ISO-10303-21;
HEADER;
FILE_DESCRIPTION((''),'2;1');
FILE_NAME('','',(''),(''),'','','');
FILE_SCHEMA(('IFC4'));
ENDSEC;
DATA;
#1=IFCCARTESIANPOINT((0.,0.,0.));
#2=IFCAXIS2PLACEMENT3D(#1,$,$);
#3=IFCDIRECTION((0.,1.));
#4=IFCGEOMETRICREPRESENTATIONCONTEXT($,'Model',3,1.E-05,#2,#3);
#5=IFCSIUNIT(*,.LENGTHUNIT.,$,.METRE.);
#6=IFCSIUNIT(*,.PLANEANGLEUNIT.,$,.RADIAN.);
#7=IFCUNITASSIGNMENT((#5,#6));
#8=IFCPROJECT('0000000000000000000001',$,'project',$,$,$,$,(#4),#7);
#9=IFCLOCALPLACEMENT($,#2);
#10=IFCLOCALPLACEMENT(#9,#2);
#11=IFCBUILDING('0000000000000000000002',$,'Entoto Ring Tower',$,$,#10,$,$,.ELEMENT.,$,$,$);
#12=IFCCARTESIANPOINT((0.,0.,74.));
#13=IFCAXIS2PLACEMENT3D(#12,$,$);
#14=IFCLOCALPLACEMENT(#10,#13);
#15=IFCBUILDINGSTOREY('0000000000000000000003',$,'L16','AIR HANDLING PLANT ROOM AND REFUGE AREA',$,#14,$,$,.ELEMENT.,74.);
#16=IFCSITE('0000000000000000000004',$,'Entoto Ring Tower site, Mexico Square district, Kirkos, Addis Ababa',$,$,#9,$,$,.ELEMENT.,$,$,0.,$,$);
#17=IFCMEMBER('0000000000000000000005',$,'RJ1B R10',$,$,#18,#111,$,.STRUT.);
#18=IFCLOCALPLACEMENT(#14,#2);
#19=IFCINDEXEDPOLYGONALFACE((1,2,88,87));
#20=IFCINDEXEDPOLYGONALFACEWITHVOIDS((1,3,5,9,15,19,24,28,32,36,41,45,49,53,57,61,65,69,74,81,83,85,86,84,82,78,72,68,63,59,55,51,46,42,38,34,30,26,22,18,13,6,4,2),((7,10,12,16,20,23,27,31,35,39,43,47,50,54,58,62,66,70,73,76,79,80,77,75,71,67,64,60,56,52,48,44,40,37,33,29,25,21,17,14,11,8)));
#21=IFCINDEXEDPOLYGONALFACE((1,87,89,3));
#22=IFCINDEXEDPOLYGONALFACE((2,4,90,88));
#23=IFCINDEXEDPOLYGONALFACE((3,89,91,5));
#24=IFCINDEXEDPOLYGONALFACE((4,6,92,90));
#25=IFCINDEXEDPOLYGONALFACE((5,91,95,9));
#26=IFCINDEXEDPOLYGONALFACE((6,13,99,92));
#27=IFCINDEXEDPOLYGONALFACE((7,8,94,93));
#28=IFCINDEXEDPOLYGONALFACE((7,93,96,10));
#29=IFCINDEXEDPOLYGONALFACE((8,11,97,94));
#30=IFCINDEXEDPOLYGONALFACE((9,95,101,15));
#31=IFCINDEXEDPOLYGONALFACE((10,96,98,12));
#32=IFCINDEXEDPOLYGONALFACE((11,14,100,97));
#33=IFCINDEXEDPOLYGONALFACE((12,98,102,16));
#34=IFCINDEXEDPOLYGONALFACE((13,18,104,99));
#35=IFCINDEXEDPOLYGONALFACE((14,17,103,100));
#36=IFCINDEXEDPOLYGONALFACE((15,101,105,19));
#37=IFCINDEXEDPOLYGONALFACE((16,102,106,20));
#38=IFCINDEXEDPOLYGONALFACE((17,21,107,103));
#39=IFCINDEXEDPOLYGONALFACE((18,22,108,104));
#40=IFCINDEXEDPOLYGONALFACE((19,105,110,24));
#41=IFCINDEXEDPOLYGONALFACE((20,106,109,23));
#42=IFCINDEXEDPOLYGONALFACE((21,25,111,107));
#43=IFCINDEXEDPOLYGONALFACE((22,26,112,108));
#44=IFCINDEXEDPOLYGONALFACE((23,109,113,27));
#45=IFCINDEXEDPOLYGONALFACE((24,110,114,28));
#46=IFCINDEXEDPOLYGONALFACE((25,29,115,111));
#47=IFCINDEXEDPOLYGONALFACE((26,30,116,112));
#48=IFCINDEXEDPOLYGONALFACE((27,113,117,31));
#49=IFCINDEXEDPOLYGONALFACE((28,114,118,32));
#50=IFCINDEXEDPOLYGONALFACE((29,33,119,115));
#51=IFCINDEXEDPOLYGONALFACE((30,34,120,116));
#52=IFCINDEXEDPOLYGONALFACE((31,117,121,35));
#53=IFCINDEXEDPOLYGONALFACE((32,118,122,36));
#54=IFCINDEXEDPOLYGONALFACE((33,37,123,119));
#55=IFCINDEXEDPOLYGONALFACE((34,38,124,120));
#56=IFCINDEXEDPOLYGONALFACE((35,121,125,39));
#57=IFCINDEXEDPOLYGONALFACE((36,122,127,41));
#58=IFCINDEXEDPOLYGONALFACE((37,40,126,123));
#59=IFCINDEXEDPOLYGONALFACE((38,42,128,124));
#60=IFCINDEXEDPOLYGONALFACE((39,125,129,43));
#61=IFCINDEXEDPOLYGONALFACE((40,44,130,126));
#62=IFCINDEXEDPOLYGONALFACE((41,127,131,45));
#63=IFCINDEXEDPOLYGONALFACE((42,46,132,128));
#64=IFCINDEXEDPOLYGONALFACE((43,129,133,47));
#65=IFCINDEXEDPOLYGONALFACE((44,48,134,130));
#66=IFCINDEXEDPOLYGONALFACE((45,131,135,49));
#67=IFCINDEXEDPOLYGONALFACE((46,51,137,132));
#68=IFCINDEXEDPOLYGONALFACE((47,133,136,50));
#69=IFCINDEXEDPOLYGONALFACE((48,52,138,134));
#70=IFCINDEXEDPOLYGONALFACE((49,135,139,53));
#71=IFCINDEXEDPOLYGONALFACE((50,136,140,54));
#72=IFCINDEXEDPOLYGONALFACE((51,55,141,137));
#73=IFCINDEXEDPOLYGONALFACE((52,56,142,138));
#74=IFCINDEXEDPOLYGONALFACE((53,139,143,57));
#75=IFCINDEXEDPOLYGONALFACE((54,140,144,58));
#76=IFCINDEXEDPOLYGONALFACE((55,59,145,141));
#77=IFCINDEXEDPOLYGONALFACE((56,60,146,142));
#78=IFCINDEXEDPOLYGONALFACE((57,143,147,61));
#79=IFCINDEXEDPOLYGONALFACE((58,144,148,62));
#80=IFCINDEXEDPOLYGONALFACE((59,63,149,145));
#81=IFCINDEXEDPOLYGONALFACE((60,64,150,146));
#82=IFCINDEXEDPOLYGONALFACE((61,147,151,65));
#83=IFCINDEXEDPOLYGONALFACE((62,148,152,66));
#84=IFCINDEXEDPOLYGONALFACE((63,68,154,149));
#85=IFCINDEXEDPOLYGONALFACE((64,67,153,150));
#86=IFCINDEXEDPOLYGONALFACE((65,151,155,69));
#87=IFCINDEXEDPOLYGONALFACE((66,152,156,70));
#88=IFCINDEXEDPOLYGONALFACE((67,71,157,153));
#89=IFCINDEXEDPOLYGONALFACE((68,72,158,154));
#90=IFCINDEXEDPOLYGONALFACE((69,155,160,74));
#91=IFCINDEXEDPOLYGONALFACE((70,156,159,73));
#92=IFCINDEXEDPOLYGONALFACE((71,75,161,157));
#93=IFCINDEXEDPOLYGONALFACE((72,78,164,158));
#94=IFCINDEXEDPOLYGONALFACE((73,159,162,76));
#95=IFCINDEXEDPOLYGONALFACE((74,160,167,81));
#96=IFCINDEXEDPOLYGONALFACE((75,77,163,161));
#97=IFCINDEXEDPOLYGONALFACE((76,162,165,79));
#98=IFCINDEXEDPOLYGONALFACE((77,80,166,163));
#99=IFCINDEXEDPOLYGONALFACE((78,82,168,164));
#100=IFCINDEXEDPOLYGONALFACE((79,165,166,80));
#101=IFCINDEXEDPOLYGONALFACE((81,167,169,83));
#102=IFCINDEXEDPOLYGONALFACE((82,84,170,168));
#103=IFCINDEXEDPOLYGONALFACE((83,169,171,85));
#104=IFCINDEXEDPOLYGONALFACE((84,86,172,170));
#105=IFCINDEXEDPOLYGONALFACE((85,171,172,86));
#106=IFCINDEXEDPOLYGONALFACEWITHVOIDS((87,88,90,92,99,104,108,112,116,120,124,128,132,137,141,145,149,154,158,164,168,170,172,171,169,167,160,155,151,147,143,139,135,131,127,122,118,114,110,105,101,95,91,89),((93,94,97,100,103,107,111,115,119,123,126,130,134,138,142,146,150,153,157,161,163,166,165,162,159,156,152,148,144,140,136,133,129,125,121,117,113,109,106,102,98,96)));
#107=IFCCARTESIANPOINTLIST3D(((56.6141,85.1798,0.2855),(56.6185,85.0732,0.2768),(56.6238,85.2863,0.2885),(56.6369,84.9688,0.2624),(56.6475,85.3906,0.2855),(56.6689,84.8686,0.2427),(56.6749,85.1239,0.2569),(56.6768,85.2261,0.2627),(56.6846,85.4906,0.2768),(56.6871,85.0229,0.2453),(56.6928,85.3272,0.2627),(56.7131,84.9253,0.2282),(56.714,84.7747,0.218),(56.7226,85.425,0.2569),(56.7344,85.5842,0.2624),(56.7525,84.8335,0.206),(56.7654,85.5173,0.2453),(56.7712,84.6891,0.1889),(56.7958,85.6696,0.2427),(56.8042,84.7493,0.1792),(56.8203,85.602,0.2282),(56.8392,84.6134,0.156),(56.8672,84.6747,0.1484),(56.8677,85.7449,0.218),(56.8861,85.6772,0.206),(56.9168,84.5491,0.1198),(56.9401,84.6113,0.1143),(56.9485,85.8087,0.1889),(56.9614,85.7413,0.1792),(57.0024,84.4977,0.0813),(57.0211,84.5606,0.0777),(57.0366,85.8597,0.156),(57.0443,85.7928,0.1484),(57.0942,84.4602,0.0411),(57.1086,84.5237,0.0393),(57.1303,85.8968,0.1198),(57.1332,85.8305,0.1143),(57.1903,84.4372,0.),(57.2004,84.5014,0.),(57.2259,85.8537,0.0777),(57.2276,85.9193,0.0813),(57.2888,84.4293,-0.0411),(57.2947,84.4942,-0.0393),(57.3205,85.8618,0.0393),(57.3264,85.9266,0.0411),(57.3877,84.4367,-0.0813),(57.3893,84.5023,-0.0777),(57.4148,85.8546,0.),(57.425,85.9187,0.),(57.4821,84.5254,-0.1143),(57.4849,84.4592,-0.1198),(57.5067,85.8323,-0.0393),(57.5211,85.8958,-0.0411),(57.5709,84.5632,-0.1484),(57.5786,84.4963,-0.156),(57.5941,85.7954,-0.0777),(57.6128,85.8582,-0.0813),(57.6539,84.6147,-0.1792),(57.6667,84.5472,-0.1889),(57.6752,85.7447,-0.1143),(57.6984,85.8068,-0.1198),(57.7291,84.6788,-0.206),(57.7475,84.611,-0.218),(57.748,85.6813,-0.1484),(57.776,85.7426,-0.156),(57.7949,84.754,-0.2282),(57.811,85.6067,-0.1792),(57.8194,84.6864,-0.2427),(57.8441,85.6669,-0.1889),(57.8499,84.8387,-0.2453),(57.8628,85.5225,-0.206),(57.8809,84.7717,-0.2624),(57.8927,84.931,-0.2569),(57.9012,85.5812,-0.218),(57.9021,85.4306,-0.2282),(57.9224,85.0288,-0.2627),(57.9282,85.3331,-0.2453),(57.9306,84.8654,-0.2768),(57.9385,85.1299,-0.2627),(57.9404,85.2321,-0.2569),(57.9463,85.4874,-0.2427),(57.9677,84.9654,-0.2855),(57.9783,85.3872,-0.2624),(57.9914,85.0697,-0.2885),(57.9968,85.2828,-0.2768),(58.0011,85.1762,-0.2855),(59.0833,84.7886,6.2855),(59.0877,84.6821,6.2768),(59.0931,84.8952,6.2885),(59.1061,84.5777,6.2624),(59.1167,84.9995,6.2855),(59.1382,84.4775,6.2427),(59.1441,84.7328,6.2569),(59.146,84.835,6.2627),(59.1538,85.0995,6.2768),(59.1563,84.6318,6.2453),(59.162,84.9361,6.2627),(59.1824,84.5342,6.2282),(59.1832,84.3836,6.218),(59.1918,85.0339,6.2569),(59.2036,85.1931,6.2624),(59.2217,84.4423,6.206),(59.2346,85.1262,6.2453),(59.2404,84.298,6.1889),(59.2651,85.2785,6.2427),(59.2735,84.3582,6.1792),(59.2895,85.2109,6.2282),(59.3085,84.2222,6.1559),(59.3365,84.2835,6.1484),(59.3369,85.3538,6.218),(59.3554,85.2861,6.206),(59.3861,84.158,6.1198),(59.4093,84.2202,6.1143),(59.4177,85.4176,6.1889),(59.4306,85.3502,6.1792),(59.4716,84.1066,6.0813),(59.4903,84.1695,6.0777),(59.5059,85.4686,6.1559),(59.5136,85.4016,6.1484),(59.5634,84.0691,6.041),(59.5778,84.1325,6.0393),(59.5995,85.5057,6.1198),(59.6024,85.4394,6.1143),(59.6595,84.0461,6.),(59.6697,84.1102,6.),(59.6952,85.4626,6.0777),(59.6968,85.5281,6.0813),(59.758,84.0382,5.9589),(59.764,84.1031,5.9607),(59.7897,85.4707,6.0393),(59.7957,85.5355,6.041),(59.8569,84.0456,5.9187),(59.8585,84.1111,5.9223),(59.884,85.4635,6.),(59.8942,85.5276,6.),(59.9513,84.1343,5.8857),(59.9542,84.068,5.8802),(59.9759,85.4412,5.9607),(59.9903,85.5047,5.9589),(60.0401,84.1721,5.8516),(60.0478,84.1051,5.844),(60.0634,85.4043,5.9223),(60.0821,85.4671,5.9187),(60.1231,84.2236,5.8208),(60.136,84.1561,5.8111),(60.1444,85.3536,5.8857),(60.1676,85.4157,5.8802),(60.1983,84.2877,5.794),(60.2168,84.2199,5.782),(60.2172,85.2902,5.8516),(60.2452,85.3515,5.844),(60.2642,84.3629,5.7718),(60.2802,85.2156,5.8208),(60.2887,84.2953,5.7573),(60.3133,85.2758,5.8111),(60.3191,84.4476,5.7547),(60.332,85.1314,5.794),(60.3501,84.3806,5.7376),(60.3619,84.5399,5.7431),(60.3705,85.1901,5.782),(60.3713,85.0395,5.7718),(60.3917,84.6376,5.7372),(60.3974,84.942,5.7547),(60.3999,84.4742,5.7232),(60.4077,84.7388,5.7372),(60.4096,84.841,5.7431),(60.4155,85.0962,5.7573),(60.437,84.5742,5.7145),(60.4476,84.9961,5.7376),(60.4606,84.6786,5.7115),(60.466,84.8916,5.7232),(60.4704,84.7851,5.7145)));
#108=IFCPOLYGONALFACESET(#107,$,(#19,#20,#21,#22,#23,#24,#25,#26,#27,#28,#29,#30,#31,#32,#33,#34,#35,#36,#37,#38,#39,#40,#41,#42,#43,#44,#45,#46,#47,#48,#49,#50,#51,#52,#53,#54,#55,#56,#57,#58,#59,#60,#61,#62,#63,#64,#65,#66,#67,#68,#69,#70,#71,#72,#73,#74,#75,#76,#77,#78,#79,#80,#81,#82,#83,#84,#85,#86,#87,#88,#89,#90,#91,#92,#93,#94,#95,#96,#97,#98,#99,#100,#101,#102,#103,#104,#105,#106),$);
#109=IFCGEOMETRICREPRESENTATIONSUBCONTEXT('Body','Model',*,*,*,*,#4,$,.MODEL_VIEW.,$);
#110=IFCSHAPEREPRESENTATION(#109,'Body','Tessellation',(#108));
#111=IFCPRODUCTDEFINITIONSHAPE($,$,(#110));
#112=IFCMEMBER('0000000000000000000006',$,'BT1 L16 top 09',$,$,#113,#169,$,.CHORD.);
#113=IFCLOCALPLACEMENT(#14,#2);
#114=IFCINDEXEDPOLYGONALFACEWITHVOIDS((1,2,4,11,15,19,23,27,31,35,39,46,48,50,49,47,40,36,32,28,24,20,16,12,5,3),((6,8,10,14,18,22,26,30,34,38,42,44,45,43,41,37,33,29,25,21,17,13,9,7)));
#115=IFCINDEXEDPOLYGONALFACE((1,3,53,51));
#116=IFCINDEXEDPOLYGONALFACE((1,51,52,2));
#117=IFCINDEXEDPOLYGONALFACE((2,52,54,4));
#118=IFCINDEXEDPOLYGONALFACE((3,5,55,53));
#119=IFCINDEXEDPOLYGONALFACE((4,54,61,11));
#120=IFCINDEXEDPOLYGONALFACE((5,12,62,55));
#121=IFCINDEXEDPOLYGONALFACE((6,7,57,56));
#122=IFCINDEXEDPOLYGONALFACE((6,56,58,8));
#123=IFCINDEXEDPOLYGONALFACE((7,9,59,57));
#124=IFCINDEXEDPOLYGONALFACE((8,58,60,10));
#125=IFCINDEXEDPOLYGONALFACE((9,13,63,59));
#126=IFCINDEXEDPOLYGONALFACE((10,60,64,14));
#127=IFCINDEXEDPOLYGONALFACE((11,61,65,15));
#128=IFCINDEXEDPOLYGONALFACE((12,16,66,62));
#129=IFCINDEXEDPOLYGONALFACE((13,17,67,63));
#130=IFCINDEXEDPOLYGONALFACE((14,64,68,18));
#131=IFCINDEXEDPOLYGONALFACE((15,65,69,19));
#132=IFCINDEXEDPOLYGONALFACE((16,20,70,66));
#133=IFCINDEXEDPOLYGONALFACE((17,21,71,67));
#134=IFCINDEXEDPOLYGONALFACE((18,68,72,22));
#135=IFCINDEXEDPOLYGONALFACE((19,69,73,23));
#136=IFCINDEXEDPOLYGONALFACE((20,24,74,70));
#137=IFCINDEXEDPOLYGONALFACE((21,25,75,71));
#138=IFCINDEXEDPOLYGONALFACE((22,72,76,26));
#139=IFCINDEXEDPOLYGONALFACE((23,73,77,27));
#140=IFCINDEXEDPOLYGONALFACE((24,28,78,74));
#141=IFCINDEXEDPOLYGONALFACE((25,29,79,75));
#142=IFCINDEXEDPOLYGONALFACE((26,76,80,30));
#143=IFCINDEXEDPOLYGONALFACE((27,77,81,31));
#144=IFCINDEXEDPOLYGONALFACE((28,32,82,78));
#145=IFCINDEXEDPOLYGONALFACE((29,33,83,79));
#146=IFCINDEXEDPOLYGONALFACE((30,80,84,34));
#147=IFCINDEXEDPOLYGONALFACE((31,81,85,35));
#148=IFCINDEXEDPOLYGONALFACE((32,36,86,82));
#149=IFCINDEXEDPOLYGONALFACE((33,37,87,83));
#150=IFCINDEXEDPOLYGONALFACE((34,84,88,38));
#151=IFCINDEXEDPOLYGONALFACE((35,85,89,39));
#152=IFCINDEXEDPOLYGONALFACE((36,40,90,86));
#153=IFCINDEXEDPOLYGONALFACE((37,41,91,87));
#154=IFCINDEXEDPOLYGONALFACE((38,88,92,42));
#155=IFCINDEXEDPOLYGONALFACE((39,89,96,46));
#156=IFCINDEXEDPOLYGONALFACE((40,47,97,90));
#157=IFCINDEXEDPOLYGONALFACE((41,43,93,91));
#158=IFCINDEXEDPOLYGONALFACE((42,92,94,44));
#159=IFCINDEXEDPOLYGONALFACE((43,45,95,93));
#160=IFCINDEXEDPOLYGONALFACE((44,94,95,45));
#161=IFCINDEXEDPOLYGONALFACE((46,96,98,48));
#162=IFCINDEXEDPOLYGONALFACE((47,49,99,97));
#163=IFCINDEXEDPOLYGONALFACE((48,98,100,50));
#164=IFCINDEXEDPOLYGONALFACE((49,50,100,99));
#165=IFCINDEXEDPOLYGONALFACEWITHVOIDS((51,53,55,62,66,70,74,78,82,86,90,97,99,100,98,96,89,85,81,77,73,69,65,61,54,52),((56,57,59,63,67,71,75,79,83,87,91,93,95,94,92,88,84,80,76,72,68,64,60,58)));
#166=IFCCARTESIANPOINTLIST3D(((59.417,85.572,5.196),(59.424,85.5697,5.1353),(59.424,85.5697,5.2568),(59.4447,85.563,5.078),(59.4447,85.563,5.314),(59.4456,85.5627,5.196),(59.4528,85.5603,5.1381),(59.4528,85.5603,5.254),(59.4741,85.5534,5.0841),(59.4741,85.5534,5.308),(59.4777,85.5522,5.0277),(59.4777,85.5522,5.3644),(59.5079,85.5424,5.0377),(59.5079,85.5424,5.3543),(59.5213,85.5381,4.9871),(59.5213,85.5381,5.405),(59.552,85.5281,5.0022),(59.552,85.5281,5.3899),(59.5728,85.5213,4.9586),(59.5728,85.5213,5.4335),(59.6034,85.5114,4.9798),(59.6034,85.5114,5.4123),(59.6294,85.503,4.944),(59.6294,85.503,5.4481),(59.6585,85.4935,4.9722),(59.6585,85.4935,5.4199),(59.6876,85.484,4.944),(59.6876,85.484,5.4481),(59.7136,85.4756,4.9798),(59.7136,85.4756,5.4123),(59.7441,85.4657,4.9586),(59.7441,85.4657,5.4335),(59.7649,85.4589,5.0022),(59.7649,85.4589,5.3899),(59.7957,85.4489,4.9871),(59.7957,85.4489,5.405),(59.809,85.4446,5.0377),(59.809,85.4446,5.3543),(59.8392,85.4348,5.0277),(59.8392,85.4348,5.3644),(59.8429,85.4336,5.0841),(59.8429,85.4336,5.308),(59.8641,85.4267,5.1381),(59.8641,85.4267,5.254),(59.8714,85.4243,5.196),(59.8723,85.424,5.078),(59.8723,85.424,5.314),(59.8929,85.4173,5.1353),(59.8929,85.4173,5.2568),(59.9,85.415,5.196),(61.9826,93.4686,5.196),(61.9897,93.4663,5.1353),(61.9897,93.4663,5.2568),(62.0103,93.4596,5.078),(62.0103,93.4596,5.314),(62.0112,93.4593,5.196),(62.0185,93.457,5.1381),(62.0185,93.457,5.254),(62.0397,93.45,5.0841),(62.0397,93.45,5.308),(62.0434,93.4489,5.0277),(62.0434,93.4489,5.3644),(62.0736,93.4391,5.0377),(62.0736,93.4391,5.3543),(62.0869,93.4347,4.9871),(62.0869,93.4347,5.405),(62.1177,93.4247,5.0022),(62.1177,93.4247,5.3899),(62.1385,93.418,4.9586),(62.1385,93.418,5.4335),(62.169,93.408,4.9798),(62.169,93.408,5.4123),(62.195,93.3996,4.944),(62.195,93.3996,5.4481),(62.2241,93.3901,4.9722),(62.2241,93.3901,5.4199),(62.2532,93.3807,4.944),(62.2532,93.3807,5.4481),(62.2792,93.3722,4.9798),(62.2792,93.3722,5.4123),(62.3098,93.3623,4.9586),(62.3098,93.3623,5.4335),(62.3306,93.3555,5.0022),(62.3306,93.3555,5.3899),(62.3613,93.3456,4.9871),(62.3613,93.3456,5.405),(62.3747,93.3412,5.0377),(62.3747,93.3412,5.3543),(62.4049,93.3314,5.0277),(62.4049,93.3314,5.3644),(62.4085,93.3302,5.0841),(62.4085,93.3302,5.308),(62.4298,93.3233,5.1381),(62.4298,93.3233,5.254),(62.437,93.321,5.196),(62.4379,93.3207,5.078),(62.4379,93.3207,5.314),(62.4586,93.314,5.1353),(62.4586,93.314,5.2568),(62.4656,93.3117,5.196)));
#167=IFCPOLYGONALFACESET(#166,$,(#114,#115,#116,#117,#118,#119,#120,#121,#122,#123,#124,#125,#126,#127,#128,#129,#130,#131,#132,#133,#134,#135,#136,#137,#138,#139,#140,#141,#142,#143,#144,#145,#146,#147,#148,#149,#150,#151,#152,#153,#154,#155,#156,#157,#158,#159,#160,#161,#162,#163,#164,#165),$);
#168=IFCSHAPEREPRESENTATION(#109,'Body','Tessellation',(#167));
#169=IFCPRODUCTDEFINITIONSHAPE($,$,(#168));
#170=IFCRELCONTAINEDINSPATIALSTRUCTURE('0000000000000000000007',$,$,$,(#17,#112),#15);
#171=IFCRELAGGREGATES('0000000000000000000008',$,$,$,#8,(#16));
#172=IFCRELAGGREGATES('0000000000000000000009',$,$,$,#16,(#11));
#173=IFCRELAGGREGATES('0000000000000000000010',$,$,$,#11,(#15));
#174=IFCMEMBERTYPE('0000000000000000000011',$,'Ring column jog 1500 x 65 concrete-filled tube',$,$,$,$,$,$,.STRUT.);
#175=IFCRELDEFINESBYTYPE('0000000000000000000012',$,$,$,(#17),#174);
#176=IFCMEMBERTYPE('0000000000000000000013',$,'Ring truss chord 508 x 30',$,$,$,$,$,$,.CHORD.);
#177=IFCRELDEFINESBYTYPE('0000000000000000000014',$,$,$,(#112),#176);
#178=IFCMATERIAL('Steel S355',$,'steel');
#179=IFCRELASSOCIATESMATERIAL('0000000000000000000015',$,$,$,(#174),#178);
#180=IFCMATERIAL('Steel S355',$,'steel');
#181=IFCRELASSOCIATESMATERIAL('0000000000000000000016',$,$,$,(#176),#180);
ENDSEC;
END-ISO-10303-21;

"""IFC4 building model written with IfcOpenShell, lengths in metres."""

from ifc_helpers import new_model, si_unit, direction, frame, origin, origin_2d, place, context, subcontext, project, spatial, circle, hollow_circle, extrude, material, material_profile, profile_set, type_object, element, save


model = new_model("IFC4")

# Units and contexts
model_context = context("Model", 3, precision=1e-05, world=origin(), true_north=direction((0.0, 1.0)))
body_context = subcontext(model_context, "Body", "Model", "MODEL_VIEW")
ifc_project = project(units=[si_unit("LENGTHUNIT", "METRE"), si_unit("PLANEANGLEUNIT", "RADIAN")], contexts=[model_context])

# Site, building, storey
site_placement = place(None, origin())
site = spatial("IfcSite", under=ifc_project, at=site_placement, Name="Entoto Ring Tower site, Mexico Square district, Kirkos, Addis Ababa", CompositionType="ELEMENT", RefElevation=0.0)
building_placement = place(site_placement, origin())
building = spatial("IfcBuilding", under=site, at=building_placement, Name="Entoto Ring Tower", CompositionType="ELEMENT")
storey_placement = place(building_placement, frame((0.0, 0.0, 74.0)))
storey = spatial("IfcBuildingStorey", under=building, at=storey_placement, Name="L16", Description="AIR HANDLING PLANT ROOM AND REFUGE AREA", CompositionType="ELEMENT", Elevation=74.0)

# Members
ifc_material_1 = material(Name="Steel S355", Category="steel")
ifc_material_profile_1 = material_profile(ifc_material_1, hollow_circle(Radius=0.75, WallThickness=0.0649, at=origin_2d()), Name="CHS 1500 x 65")
ifc_material_2 = material(Name="Concrete C60/75", Category="concrete")
ifc_material_profile_2 = material_profile(ifc_material_2, circle(Radius=0.6851, at=origin_2d()), Name="Concrete C60/75 infill")
ifc_profile_set_1 = profile_set([ifc_material_profile_1, ifc_material_profile_2], Name="Steel S355")
member_type_1 = type_object("IfcMemberType", Name="Ring column jog 1500 x 65 concrete-filled tube", PredefinedType="STRUT", material=ifc_profile_set_1)
member_1_placement = place(storey_placement, frame((57.3076, 85.178, 0.0), z_axis=(0.379882, -0.060171, 0.923076), x_axis=(0.156444, 0.987687, 0.0)))
element("IfcMember", 1, at=member_1_placement, inside=storey, type_object=member_type_1, Name="RJ1B R10", PredefinedType="STRUT", context=body_context, shape_type="SweptSolid", body=[
    extrude(hollow_circle(Radius=0.75, WallThickness=0.0649, at=origin_2d()), origin(), (0.0, 0.0, 1.0), 6.5),
])
ifc_material_3 = material(Name="Steel S355", Category="steel")
ifc_material_profile_3 = material_profile(ifc_material_3, hollow_circle(Radius=0.2539, WallThickness=0.03, at=origin_2d()), Name="CHS 508 x 30")
ifc_material_4 = material(Name="Concrete C60/75", Category="concrete")
ifc_material_profile_4 = material_profile(ifc_material_4, circle(Radius=0.2241, at=origin_2d()), Name="Concrete C60/75 infill")
ifc_profile_set_2 = profile_set([ifc_material_profile_3, ifc_material_profile_4], Name="Steel S355")
member_type_2 = type_object("IfcMemberType", Name="Ring truss chord 508 x 30", PredefinedType="CHORD", material=ifc_profile_set_2)
member_2_placement = place(storey_placement, frame((62.2241, 93.3901, 5.196), z_axis=(-0.309003, -0.951061, 0.0), x_axis=(0.951061, -0.309003, 0.0)))
element("IfcMember", 2, at=member_2_placement, inside=storey, type_object=member_type_2, Name="BT1 L16 top 09", PredefinedType="CHORD", context=body_context, shape_type="SweptSolid", body=[
    extrude(hollow_circle(Radius=0.2539, WallThickness=0.03, at=origin_2d()), origin(), (0.0, 0.0, 1.0), 8.303),
])

save(model, "model.ifc")
